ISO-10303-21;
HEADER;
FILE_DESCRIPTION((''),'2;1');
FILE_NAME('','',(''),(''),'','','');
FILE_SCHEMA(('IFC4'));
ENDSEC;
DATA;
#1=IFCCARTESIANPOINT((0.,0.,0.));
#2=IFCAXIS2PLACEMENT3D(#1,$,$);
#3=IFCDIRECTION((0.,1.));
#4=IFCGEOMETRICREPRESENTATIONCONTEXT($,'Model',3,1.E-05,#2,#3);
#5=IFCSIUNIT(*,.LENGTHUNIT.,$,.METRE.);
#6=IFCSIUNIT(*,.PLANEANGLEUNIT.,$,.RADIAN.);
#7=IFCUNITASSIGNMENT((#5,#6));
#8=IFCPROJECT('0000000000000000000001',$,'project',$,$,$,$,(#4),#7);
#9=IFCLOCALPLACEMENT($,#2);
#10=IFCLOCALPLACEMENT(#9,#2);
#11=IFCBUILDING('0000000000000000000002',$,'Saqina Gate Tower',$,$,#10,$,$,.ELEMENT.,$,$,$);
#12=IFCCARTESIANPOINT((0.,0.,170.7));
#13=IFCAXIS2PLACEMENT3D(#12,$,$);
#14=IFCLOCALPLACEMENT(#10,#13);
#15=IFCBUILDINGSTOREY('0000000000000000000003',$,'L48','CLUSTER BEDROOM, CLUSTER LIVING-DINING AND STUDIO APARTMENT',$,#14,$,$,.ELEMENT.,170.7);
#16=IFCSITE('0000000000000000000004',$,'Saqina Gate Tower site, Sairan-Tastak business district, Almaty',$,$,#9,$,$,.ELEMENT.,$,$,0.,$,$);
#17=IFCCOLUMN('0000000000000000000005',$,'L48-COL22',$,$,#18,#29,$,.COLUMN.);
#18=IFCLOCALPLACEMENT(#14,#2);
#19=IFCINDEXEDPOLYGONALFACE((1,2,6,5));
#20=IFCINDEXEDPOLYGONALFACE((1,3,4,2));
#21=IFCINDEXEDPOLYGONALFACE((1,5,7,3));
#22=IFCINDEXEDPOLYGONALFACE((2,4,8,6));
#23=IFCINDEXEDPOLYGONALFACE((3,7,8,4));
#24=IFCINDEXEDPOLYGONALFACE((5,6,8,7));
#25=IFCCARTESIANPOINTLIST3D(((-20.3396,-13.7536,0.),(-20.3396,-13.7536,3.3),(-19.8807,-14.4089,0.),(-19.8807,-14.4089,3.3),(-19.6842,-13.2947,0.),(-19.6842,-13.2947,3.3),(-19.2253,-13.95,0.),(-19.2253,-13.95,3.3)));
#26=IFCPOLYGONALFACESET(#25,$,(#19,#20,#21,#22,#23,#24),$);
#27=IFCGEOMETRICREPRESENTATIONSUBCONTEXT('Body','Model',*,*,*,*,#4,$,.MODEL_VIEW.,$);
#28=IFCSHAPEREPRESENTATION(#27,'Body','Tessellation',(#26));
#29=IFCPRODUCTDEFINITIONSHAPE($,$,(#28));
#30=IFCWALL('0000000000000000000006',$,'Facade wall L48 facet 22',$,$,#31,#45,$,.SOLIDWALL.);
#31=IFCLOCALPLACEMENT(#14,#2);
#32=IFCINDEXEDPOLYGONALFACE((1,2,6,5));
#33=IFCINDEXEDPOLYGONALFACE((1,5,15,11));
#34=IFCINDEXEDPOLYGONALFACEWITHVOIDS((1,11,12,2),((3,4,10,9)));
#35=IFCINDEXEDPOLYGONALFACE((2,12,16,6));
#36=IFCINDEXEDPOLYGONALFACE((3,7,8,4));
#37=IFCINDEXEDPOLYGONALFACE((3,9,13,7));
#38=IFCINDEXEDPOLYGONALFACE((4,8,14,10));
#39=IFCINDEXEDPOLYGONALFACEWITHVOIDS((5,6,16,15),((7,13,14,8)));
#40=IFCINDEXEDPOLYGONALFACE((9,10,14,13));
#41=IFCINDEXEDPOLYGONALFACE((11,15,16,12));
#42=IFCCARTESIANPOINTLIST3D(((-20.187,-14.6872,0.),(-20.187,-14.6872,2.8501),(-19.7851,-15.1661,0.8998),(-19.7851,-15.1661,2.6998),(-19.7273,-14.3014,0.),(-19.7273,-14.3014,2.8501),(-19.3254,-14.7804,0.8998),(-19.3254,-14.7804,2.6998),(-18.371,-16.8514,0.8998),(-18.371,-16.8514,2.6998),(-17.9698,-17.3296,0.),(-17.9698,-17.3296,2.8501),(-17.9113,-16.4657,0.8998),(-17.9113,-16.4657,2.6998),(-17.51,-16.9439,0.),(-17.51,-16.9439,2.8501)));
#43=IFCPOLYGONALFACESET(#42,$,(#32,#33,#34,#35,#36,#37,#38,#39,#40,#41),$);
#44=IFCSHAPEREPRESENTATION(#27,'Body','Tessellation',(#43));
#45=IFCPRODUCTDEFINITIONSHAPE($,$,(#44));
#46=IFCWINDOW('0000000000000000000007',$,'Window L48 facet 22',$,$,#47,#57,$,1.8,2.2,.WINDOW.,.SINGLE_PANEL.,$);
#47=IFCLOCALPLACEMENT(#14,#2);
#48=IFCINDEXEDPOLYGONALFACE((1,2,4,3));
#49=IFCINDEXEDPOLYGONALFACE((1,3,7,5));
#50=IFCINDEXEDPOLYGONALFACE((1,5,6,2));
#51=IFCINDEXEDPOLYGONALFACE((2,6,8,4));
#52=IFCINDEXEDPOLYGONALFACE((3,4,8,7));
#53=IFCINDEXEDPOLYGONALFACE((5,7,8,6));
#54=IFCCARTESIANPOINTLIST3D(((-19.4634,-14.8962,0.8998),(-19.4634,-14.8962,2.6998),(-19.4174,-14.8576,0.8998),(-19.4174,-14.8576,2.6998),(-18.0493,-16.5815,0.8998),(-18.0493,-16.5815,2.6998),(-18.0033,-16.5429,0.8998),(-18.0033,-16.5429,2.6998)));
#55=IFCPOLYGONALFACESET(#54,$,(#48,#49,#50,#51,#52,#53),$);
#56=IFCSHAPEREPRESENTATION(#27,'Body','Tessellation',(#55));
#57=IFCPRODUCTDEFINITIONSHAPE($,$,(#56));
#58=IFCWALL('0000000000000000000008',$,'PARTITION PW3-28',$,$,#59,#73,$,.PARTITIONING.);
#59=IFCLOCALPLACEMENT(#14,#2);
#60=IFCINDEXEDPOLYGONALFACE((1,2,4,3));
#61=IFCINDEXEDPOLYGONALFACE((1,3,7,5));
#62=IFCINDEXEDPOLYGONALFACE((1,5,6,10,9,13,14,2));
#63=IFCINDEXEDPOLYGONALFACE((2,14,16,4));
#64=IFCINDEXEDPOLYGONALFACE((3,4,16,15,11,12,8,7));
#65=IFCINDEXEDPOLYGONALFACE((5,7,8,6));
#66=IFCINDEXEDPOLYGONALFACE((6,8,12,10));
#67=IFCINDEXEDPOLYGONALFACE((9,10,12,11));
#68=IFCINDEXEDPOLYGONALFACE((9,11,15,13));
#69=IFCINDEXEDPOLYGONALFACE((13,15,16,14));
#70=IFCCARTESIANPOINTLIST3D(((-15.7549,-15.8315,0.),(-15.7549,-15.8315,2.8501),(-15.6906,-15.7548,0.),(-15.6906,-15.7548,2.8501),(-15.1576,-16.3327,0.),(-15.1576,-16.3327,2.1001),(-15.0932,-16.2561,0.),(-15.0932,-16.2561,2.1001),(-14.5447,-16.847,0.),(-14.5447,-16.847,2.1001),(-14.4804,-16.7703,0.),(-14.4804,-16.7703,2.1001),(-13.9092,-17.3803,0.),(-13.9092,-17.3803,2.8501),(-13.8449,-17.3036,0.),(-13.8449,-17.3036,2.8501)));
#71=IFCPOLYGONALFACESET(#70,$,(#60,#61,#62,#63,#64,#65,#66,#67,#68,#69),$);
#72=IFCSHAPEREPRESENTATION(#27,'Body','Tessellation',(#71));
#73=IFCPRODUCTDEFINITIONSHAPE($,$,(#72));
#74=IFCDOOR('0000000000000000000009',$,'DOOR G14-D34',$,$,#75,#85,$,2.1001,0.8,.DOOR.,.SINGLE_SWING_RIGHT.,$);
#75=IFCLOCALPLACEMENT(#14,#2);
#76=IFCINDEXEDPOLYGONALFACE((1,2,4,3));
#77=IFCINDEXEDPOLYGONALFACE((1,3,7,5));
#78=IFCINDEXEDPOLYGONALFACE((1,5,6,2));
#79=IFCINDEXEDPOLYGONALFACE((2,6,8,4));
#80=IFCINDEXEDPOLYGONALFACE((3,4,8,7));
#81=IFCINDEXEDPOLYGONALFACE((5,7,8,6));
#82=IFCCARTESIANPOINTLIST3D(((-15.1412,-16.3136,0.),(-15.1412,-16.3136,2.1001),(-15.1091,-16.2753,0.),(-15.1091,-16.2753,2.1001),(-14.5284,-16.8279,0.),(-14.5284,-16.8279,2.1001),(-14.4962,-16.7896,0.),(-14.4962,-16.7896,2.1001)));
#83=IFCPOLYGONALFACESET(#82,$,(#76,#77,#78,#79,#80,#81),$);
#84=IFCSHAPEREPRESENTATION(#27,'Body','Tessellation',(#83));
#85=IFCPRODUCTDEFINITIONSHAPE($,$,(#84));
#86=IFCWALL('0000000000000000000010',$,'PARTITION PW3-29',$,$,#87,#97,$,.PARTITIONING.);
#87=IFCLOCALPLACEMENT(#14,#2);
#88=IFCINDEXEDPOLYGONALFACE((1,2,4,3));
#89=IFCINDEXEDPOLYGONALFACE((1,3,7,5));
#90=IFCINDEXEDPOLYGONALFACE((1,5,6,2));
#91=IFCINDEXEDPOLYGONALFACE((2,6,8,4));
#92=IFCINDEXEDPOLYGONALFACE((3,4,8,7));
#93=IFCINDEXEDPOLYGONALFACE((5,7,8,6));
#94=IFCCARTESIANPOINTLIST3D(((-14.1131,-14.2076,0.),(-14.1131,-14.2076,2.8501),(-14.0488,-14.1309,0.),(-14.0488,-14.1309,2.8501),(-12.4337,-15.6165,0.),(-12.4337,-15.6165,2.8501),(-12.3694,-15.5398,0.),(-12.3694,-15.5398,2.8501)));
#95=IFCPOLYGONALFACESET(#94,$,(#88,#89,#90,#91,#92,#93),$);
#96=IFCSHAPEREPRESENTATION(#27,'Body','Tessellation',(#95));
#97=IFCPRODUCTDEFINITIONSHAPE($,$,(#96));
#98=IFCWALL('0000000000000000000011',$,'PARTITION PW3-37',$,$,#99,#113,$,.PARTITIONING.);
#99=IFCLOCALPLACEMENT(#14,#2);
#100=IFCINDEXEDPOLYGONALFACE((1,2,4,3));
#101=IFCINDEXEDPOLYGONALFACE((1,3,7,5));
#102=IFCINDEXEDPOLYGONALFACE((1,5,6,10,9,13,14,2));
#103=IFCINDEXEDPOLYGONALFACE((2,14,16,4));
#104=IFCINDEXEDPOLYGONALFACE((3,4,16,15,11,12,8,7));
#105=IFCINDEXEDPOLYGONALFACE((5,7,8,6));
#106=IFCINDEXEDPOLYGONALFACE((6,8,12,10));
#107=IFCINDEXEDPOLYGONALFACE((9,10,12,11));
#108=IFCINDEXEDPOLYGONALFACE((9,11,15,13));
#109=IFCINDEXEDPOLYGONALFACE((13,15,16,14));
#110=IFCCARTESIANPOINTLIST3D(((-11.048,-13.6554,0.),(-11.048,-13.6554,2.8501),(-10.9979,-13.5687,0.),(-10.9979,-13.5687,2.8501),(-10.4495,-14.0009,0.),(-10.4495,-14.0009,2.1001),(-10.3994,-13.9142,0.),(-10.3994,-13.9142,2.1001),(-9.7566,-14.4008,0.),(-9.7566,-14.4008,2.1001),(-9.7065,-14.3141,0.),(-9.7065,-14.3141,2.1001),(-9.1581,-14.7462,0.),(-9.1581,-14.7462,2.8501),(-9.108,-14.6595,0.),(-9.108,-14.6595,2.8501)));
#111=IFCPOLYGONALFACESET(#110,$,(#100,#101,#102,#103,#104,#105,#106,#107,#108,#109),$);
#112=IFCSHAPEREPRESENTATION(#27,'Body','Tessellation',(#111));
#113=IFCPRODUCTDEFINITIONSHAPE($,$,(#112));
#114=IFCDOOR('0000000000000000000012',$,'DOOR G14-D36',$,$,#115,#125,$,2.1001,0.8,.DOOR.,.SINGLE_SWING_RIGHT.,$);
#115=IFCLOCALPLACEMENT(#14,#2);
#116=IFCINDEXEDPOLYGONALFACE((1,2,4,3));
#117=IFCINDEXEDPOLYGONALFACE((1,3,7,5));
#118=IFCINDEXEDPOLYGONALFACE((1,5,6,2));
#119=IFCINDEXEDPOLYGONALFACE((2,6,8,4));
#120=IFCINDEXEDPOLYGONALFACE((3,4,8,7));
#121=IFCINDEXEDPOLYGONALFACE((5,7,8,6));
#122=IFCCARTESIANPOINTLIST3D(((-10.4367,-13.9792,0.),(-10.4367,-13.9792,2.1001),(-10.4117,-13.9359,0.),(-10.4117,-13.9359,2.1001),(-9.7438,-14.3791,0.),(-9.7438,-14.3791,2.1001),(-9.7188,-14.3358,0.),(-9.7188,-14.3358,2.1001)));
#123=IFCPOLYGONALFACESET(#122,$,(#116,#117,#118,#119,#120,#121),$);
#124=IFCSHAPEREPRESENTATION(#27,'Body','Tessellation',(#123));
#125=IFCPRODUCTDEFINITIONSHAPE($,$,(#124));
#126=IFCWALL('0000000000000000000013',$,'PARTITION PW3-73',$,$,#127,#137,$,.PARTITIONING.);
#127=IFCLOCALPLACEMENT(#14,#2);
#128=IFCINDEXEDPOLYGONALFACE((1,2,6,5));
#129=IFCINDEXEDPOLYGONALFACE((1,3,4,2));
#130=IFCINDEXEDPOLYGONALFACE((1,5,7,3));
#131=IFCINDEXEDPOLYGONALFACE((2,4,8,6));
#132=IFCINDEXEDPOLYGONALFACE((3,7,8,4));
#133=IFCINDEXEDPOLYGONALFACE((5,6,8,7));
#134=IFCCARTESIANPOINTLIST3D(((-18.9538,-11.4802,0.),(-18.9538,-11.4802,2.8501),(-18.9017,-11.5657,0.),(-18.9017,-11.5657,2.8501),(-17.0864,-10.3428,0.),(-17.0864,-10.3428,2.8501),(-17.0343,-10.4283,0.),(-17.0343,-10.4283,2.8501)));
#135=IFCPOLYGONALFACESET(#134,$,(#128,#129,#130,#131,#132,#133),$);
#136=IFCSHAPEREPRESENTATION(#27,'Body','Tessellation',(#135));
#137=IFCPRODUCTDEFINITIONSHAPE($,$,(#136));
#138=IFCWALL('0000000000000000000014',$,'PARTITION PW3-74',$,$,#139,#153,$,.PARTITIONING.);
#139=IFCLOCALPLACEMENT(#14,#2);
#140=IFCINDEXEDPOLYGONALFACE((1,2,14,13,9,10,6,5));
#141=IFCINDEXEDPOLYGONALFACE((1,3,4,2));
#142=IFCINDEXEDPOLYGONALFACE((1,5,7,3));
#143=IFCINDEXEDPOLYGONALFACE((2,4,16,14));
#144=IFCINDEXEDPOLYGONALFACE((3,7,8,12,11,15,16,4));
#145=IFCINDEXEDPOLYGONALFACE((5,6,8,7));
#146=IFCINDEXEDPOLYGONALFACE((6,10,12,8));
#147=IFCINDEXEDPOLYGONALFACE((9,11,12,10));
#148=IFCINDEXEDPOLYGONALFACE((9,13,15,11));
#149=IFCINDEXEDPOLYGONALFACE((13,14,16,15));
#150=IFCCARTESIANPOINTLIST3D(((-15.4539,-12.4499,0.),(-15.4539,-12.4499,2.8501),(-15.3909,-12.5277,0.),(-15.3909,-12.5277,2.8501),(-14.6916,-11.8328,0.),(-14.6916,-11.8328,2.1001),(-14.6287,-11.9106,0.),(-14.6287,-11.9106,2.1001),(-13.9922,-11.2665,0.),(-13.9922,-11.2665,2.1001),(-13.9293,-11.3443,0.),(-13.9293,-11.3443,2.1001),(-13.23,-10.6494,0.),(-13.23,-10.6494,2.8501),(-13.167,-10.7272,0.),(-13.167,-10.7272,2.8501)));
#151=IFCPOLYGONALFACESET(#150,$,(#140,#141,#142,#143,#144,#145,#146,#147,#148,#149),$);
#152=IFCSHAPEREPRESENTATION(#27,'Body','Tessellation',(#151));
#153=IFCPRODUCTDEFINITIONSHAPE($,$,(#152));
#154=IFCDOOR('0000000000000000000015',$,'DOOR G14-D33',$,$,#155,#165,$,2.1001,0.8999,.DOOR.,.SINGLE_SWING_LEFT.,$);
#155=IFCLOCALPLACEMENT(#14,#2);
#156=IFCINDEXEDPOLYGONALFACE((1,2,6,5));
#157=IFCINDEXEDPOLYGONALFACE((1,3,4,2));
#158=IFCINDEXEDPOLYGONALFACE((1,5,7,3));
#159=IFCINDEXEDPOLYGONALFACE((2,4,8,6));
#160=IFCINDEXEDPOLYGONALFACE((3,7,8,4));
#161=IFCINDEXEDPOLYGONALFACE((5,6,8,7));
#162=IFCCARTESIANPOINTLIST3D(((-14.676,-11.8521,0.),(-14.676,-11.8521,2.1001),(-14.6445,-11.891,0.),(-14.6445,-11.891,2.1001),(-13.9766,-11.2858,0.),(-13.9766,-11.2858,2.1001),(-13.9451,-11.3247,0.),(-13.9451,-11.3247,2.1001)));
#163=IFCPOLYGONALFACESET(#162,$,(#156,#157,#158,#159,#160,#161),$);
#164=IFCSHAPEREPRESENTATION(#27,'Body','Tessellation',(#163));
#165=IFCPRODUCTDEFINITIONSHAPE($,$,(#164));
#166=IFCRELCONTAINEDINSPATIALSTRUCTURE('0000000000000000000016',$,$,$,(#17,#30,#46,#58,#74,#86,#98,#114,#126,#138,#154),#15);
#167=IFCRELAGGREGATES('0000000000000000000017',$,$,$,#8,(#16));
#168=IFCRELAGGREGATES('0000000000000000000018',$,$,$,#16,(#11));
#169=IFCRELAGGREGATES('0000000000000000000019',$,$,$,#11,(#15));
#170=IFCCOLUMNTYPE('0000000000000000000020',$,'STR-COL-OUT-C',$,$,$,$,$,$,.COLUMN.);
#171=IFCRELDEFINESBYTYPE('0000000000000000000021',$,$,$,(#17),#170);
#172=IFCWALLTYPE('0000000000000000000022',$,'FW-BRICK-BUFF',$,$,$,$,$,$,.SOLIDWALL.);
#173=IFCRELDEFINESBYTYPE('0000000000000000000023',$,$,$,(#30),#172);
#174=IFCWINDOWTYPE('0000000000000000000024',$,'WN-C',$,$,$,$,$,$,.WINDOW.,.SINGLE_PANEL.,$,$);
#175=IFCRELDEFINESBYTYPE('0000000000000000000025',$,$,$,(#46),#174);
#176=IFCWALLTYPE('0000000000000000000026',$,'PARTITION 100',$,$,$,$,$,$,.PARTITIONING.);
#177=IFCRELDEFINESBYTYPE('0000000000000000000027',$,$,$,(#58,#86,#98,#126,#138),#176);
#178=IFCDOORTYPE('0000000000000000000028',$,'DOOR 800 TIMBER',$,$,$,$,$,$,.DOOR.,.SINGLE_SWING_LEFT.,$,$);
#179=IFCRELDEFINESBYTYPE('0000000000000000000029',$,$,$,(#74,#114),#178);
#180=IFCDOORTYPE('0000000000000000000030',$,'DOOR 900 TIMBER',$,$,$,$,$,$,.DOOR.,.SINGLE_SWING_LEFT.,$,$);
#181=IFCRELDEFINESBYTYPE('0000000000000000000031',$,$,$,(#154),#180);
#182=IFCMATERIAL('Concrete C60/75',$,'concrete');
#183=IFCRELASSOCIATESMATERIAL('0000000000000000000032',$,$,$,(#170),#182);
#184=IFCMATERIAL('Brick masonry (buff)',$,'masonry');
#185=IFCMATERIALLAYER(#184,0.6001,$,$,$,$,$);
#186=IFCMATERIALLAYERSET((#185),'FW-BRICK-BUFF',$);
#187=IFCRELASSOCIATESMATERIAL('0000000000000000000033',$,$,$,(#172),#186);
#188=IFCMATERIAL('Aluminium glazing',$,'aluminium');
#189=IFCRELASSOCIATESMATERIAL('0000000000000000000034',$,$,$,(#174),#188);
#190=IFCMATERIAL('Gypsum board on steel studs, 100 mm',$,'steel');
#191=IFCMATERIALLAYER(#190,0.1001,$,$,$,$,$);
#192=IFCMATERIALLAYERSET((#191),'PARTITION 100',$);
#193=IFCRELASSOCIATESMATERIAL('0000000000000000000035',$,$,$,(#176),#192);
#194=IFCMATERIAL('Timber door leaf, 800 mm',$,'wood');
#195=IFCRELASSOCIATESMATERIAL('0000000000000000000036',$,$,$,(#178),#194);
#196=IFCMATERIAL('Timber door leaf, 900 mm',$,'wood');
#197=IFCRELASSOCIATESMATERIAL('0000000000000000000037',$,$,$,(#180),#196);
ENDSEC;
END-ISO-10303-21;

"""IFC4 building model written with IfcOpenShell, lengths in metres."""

from ifc_helpers import new_model, si_unit, direction, frame, frame_2d, origin, origin_2d, place, context, subcontext, project, spatial, rectangle, extrude, material, layer, layer_set, material_profile, profile_set, type_object, element, fill, save


model = new_model("IFC4")

# Units and contexts
model_context = context("Model", 3, precision=1e-05, world=origin(), true_north=direction((0.0, 1.0)))
body_context = subcontext(model_context, "Body", "Model", "MODEL_VIEW")
ifc_project = project(units=[si_unit("LENGTHUNIT", "METRE"), si_unit("PLANEANGLEUNIT", "RADIAN")], contexts=[model_context])

# Site, building, storey
site_placement = place(None, origin())
site = spatial("IfcSite", under=ifc_project, at=site_placement, Name="Saqina Gate Tower site, Sairan-Tastak business district, Almaty", CompositionType="ELEMENT", RefElevation=0.0)
building_placement = place(site_placement, origin())
building = spatial("IfcBuilding", under=site, at=building_placement, Name="Saqina Gate Tower", CompositionType="ELEMENT")
storey_placement = place(building_placement, frame((0.0, 0.0, 170.7)))
storey = spatial("IfcBuildingStorey", under=building, at=storey_placement, Name="L48", Description="CLUSTER BEDROOM, CLUSTER LIVING-DINING AND STUDIO APARTMENT", CompositionType="ELEMENT", Elevation=170.7)

# Column
ifc_material_1 = material(Name="Concrete C60/75", Category="concrete")
ifc_material_profile = material_profile(ifc_material_1, rectangle(XDim=0.8, YDim=0.8, at=origin_2d()), Name="RC 800x800")
ifc_profile_set = profile_set([ifc_material_profile], Name="Concrete C60/75")
column_type = type_object("IfcColumnType", Name="STR-COL-OUT-C", PredefinedType="COLUMN", material=ifc_profile_set)
column_placement = place(storey_placement, frame((-19.7825, -13.8518, 0.0), z_axis=(0.0, 0.0, 1.0), x_axis=(-0.819152, -0.573576, 0.0)))
element("IfcColumn", 1, at=column_placement, inside=storey, type_object=column_type, Name="L48-COL22", PredefinedType="COLUMN", context=body_context, shape_type="SweptSolid", body=[
    extrude(rectangle(XDim=0.8, YDim=0.8, at=origin_2d()), origin(), (0.0, 0.0, 1.0), 3.3),
])

# Wall, opening, window
ifc_material_2 = material(Name="Brick masonry (buff)", Category="masonry")
ifc_layer_1 = layer(ifc_material_2, 0.6001)
ifc_layer_set_1 = layer_set([ifc_layer_1], Name="FW-BRICK-BUFF")
wall_type_1 = type_object("IfcWallType", Name="FW-BRICK-BUFF", PredefinedType="SOLIDWALL", material=ifc_layer_set_1)
wall_1_placement = place(storey_placement, frame((-19.957, -14.4944, 0.0), z_axis=(0.0, 0.0, 1.0), x_axis=(0.64277, -0.766059, 0.0)))
wall_1 = element("IfcWall", 2, at=wall_1_placement, inside=storey, type_object=wall_type_1, Name="Facade wall L48 facet 22", PredefinedType="SOLIDWALL", context=body_context, shape_type="SweptSolid", body=[
    extrude(rectangle(XDim=3.4495, YDim=0.6001, at=frame_2d((1.7246, 0.0))), origin(), (0.0, 0.0, 1.0), 2.8501),
])
opening_1_placement = place(wall_1_placement, frame((0.625, 0.0, 0.8999)))
opening_1 = element("IfcOpeningElement", 3, at=opening_1_placement, cuts=wall_1, PredefinedType="OPENING", context=body_context, shape_type="SweptSolid", body=[
    extrude(rectangle(XDim=2.2, YDim=1.8, at=frame_2d((1.1001, 0.8999))), frame((0.0, 0.312, 0.0), z_axis=(0.0, -1.0, 0.0), x_axis=(1.0, 0.0, 0.0)), (0.0, 0.0, 1.0), 0.624),
])
ifc_material_3 = material(Name="Aluminium glazing", Category="aluminium")
window_type = type_object("IfcWindowType", Name="WN-C", PartitioningType="SINGLE_PANEL", PredefinedType="WINDOW", material=ifc_material_3)
window_placement = place(opening_1_placement, origin())
window = element("IfcWindow", 4, at=window_placement, inside=storey, type_object=window_type, Name="Window L48 facet 22", OverallHeight=1.8, OverallWidth=2.2, PartitioningType="SINGLE_PANEL", PredefinedType="WINDOW", context=body_context, shape_type="SweptSolid", body=[
    extrude(rectangle(XDim=2.2, YDim=1.8, at=frame_2d((1.1001, 0.8999))), frame((0.0, 0.1799, 0.0), z_axis=(0.0, -1.0, 0.0), x_axis=(1.0, 0.0, 0.0)), (0.0, 0.0, 1.0), 0.0601),
])
fill(opening_1, window)

# Wall, opening, door
ifc_material_4 = material(Name="Gypsum board on steel studs, 100 mm", Category="steel")
ifc_layer_2 = layer(ifc_material_4, 0.1001)
ifc_layer_set_2 = layer_set([ifc_layer_2], Name="PARTITION 100")
wall_type_2 = type_object("IfcWallType", Name="PARTITION 100", PredefinedType="PARTITIONING", material=ifc_layer_set_2)
wall_2_placement = place(storey_placement, frame((-15.7227, -15.7932, 0.0), z_axis=(0.0, 0.0, 1.0), x_axis=(0.766024, -0.642812, 0.0)))
wall_2 = element("IfcWall", 5, at=wall_2_placement, inside=storey, type_object=wall_type_2, Name="PARTITION PW3-28", PredefinedType="PARTITIONING", context=body_context, shape_type="SweptSolid", body=[
    extrude(rectangle(XDim=2.4094, YDim=0.1001, at=frame_2d((1.2046, 0.0))), origin(), (0.0, 0.0, 1.0), 2.8501),
])
opening_2_placement = place(wall_2_placement, frame((0.7798, 0.0, 0.0)))
opening_2 = element("IfcOpeningElement", 6, at=opening_2_placement, cuts=wall_2, PredefinedType="OPENING", context=body_context, shape_type="SweptSolid", body=[
    extrude(rectangle(XDim=0.8, YDim=2.1001, at=frame_2d((0.3999, 1.05))), frame((0.0, 0.062, 0.0), z_axis=(0.0, -1.0, 0.0), x_axis=(1.0, 0.0, 0.0)), (0.0, 0.0, 1.0), 0.124),
])
ifc_material_5 = material(Name="Timber door leaf, 800 mm", Category="wood")
door_type_1 = type_object("IfcDoorType", Name="DOOR 800 TIMBER", OperationType="SINGLE_SWING_LEFT", PredefinedType="DOOR", material=ifc_material_5)
door_1_placement = place(opening_2_placement, frame((0.8, 0.0, 0.0), z_axis=(0.0, 0.0, 1.0), x_axis=(-1.0, 0.0, 0.0)))
door_1 = element("IfcDoor", 7, at=door_1_placement, inside=storey, type_object=door_type_1, Name="DOOR G14-D34", OperationType="SINGLE_SWING_RIGHT", OverallHeight=2.1001, OverallWidth=0.8, PredefinedType="DOOR", context=body_context, shape_type="SweptSolid", body=[
    extrude(rectangle(XDim=0.8, YDim=2.1001, at=frame_2d((0.3999, 1.05))), frame((0.0, 0.0249, 0.0), z_axis=(0.0, -1.0, 0.0), x_axis=(1.0, 0.0, 0.0)), (0.0, 0.0, 1.0), 0.05),
])
fill(opening_2, door_1)

# Wall
wall_3_placement = place(storey_placement, frame((-14.0811, -14.1692, 0.0), z_axis=(0.0, 0.0, 1.0), x_axis=(0.766108, -0.642711, 0.0)))
element("IfcWall", 8, at=wall_3_placement, inside=storey, type_object=wall_type_2, Name="PARTITION PW3-29", PredefinedType="PARTITIONING", context=body_context, shape_type="SweptSolid", body=[
    extrude(rectangle(XDim=2.1921, YDim=0.1001, at=frame_2d((1.0962, 0.0))), origin(), (0.0, 0.0, 1.0), 2.8501),
])

# Wall, opening, door
wall_4_placement = place(storey_placement, frame((-11.0229, -13.6121, 0.0), z_axis=(0.0, 0.0, 1.0), x_axis=(0.866087, -0.499894, 0.0)))
wall_4 = element("IfcWall", 9, at=wall_4_placement, inside=storey, type_object=wall_type_2, Name="PARTITION PW3-37", PredefinedType="PARTITIONING", context=body_context, shape_type="SweptSolid", body=[
    extrude(rectangle(XDim=2.1821, YDim=0.1001, at=frame_2d((1.0911, 0.0))), origin(), (0.0, 0.0, 1.0), 2.8501),
])
opening_3_placement = place(wall_4_placement, frame((0.6912, 0.0, 0.0)))
opening_3 = element("IfcOpeningElement", 10, at=opening_3_placement, cuts=wall_4, PredefinedType="OPENING", context=body_context, shape_type="SweptSolid", body=[
    extrude(rectangle(XDim=0.8, YDim=2.1001, at=frame_2d((0.3999, 1.05))), frame((0.0, 0.062, 0.0), z_axis=(0.0, -1.0, 0.0), x_axis=(1.0, 0.0, 0.0)), (0.0, 0.0, 1.0), 0.124),
])
door_2_placement = place(opening_3_placement, frame((0.8, 0.0, 0.0), z_axis=(0.0, 0.0, 1.0), x_axis=(-1.0, 0.0, 0.0)))
door_2 = element("IfcDoor", 11, at=door_2_placement, inside=storey, type_object=door_type_1, Name="DOOR G14-D36", OperationType="SINGLE_SWING_RIGHT", OverallHeight=2.1001, OverallWidth=0.8, PredefinedType="DOOR", context=body_context, shape_type="SweptSolid", body=[
    extrude(rectangle(XDim=0.8, YDim=2.1001, at=frame_2d((0.3999, 1.05))), frame((0.0, 0.0249, 0.0), z_axis=(0.0, -1.0, 0.0), x_axis=(1.0, 0.0, 0.0)), (0.0, 0.0, 1.0), 0.05),
])
fill(opening_3, door_2)

# Wall
wall_5_placement = place(storey_placement, frame((-18.9277, -11.5229, 0.0), z_axis=(0.0, 0.0, 1.0), x_axis=(0.854045, 0.520198, 0.0)))
element("IfcWall", 12, at=wall_5_placement, inside=storey, type_object=wall_type_2, Name="PARTITION PW3-73", PredefinedType="PARTITIONING", context=body_context, shape_type="SweptSolid", body=[
    extrude(rectangle(XDim=2.1865, YDim=0.1001, at=frame_2d((1.0933, 0.0))), origin(), (0.0, 0.0, 1.0), 2.8501),
])

# Wall, opening, door
wall_6_placement = place(storey_placement, frame((-15.4224, -12.4888, 0.0), z_axis=(0.0, 0.0, 1.0), x_axis=(0.777201, 0.629252, 0.0)))
wall_6 = element("IfcWall", 13, at=wall_6_placement, inside=storey, type_object=wall_type_2, Name="PARTITION PW3-74", PredefinedType="PARTITIONING", context=body_context, shape_type="SweptSolid", body=[
    extrude(rectangle(XDim=2.8613, YDim=0.1001, at=frame_2d((1.4307, 0.0))), origin(), (0.0, 0.0, 1.0), 2.8501),
])
opening_4_placement = place(wall_6_placement, frame((0.9807, 0.0, 0.0)))
opening_4 = element("IfcOpeningElement", 14, at=opening_4_placement, cuts=wall_6, PredefinedType="OPENING", context=body_context, shape_type="SweptSolid", body=[
    extrude(rectangle(XDim=0.8999, YDim=2.1001, at=frame_2d((0.45, 1.05))), frame((0.0, 0.062, 0.0), z_axis=(0.0, -1.0, 0.0), x_axis=(1.0, 0.0, 0.0)), (0.0, 0.0, 1.0), 0.124),
])
ifc_material_6 = material(Name="Timber door leaf, 900 mm", Category="wood")
door_type_2 = type_object("IfcDoorType", Name="DOOR 900 TIMBER", OperationType="SINGLE_SWING_LEFT", PredefinedType="DOOR", material=ifc_material_6)
door_3_placement = place(opening_4_placement, frame((0.8999, 0.0, 0.0), z_axis=(0.0, 0.0, 1.0), x_axis=(-1.0, 0.0, 0.0)))
door_3 = element("IfcDoor", 15, at=door_3_placement, inside=storey, type_object=door_type_2, Name="DOOR G14-D33", OperationType="SINGLE_SWING_LEFT", OverallHeight=2.1001, OverallWidth=0.8999, PredefinedType="DOOR", context=body_context, shape_type="SweptSolid", body=[
    extrude(rectangle(XDim=0.8999, YDim=2.1001, at=frame_2d((0.45, 1.05))), frame((0.0, 0.0249, 0.0), z_axis=(0.0, -1.0, 0.0), x_axis=(1.0, 0.0, 0.0)), (0.0, 0.0, 1.0), 0.05),
])
fill(opening_4, door_3)

save(model, "model.ifc")
